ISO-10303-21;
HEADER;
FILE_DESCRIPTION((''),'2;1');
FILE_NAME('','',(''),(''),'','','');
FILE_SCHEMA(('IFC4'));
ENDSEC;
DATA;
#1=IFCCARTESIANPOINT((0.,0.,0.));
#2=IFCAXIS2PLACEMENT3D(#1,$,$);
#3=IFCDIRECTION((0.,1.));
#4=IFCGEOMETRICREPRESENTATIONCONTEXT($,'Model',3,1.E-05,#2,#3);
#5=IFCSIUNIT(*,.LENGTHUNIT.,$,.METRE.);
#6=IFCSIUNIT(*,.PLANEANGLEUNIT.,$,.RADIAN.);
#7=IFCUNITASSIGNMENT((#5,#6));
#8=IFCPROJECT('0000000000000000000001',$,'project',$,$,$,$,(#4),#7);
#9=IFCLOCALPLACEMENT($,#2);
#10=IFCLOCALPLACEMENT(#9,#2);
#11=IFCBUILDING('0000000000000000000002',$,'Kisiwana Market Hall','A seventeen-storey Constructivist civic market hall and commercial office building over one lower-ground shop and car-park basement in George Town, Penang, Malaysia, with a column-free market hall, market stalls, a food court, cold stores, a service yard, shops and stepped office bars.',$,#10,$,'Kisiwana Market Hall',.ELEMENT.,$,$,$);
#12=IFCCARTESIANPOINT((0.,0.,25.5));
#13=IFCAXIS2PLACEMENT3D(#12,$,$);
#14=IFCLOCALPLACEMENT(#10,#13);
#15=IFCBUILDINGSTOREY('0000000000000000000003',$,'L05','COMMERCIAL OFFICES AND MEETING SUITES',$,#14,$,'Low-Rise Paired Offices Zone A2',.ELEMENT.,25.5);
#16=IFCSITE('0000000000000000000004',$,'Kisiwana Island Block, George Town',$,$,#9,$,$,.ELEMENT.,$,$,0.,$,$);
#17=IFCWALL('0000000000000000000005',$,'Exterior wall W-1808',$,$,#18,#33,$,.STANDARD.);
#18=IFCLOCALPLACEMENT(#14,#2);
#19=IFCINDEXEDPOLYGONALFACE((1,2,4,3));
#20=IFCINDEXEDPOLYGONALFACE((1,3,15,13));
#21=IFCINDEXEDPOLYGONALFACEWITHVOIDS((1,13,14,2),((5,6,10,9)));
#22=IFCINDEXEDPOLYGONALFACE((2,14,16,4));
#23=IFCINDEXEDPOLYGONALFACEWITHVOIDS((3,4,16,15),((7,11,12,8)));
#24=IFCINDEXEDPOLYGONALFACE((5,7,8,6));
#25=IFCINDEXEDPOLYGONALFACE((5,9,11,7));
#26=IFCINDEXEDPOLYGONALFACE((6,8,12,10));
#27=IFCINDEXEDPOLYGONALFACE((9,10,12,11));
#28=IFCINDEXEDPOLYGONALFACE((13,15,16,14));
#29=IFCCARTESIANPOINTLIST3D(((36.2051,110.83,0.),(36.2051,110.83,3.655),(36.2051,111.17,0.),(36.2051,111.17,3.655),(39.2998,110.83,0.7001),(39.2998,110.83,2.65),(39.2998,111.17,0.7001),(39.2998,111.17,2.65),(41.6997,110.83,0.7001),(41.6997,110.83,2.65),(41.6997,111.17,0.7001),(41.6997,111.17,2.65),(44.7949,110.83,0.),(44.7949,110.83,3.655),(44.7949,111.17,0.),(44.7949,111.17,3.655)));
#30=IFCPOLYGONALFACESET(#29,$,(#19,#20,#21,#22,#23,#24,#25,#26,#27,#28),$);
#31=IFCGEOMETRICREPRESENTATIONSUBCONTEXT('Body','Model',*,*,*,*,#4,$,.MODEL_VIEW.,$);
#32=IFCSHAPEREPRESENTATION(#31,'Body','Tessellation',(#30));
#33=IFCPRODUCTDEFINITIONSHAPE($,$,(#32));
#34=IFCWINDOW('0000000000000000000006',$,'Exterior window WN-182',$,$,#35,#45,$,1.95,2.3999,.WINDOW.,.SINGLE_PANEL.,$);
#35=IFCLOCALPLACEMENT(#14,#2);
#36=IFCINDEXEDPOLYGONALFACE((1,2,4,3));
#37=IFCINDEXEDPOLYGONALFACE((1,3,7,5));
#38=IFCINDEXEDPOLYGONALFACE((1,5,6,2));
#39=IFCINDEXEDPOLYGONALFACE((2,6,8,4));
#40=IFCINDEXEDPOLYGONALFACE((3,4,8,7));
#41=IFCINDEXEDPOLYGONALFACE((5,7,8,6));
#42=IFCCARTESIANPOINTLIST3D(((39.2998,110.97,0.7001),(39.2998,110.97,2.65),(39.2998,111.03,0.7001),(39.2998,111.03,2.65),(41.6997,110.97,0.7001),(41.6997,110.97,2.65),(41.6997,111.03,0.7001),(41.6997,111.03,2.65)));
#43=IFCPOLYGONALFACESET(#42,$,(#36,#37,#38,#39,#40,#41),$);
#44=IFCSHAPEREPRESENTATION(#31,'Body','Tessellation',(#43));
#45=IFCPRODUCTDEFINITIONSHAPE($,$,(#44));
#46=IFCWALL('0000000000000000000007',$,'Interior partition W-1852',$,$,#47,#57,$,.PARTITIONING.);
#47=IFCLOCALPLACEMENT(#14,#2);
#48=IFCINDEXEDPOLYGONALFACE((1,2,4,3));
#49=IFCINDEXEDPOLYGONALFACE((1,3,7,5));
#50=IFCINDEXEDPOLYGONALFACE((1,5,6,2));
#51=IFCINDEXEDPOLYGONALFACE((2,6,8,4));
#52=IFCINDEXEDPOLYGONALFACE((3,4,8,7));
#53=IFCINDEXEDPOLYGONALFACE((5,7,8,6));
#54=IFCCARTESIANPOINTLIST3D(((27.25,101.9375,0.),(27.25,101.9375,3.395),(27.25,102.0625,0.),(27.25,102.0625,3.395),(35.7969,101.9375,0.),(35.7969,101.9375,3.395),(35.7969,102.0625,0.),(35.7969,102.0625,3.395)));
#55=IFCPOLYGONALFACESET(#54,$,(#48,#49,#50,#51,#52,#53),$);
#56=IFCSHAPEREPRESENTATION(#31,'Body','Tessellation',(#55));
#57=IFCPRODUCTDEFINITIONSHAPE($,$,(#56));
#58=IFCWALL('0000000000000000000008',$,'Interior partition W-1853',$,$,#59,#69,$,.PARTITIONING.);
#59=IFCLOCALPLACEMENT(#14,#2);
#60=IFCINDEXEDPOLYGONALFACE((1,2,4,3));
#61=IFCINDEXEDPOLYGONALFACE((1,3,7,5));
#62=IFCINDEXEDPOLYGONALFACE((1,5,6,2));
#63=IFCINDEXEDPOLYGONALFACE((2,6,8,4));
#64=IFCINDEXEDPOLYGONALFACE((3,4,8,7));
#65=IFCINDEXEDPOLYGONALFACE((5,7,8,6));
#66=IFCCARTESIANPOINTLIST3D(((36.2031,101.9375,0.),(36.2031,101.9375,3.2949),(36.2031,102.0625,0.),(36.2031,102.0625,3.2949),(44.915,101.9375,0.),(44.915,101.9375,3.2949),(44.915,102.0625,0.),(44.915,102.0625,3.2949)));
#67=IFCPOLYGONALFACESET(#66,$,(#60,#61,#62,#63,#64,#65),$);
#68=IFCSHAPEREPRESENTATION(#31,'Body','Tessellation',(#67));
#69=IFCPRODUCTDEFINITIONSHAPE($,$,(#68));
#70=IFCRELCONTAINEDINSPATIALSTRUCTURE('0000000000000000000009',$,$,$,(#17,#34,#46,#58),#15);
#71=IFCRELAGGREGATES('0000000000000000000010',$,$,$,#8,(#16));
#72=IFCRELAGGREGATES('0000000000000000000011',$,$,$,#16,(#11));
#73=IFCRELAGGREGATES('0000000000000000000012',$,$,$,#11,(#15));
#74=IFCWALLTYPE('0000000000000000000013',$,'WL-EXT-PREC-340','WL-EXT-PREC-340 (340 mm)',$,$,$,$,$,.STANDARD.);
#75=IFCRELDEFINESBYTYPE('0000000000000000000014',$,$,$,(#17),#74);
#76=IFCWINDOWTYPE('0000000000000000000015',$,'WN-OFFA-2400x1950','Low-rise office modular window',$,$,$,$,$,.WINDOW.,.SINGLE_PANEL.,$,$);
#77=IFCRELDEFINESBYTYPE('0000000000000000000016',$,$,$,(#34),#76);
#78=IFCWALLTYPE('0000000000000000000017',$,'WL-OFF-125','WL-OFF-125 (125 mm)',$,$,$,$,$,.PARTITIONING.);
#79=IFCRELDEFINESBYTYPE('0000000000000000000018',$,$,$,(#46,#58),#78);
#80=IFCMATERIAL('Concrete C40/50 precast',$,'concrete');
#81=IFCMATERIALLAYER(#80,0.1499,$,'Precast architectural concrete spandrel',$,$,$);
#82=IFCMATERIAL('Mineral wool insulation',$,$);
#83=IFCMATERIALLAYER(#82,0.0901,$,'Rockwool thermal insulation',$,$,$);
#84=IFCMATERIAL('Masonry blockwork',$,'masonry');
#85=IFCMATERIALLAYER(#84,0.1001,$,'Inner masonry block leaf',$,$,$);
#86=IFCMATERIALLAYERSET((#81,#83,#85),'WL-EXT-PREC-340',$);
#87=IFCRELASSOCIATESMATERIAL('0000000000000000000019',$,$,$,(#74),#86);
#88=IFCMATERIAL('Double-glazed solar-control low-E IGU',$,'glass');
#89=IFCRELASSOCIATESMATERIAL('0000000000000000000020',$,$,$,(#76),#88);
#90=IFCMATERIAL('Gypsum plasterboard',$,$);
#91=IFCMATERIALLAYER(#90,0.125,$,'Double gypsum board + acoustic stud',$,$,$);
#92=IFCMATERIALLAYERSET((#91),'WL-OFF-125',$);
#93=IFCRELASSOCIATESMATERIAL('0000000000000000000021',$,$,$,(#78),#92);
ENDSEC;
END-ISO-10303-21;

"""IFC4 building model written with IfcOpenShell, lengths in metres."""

from ifc_helpers import new_model, si_unit, direction, frame, frame_2d, origin, place, context, subcontext, project, spatial, rectangle, extrude, material, layer, layer_set, type_object, element, fill, save


model = new_model("IFC4")

# Units and contexts
model_context = context("Model", 3, precision=1e-05, world=origin(), true_north=direction((0.0, 1.0)))
body_context = subcontext(model_context, "Body", "Model", "MODEL_VIEW")
ifc_project = project(units=[si_unit("LENGTHUNIT", "METRE"), si_unit("PLANEANGLEUNIT", "RADIAN")], contexts=[model_context])

# Site, building, storey
site_placement = place(None, origin())
site = spatial("IfcSite", under=ifc_project, at=site_placement, Name="Kisiwana Island Block, George Town", CompositionType="ELEMENT", RefElevation=0.0)
building_placement = place(site_placement, origin())
building = spatial("IfcBuilding", under=site, at=building_placement, Name="Kisiwana Market Hall", Description="A seventeen-storey Constructivist civic market hall and commercial office building over one lower-ground shop and car-park basement in George Town, Penang, Malaysia, with a column-free market hall, market stalls, a food court, cold stores, a service yard, shops and stepped office bars.", LongName="Kisiwana Market Hall", CompositionType="ELEMENT")
storey_placement = place(building_placement, frame((0.0, 0.0, 25.5)))
storey = spatial("IfcBuildingStorey", under=building, at=storey_placement, Name="L05", Description="COMMERCIAL OFFICES AND MEETING SUITES", LongName="Low-Rise Paired Offices Zone A2", CompositionType="ELEMENT", Elevation=25.5)

# Wall, opening, window
ifc_material_1 = material(Name="Concrete C40/50 precast", Category="concrete")
ifc_layer_1 = layer(ifc_material_1, 0.1499, Name="Precast architectural concrete spandrel")
ifc_material_2 = material(Name="Mineral wool insulation")
ifc_layer_2 = layer(ifc_material_2, 0.0901, Name="Rockwool thermal insulation")
ifc_material_3 = material(Name="Masonry blockwork", Category="masonry")
ifc_layer_3 = layer(ifc_material_3, 0.1001, Name="Inner masonry block leaf")
ifc_layer_set_1 = layer_set([ifc_layer_1, ifc_layer_2, ifc_layer_3], Name="WL-EXT-PREC-340")
wall_type_1 = type_object("IfcWallType", Name="WL-EXT-PREC-340", Description="WL-EXT-PREC-340 (340 mm)", PredefinedType="STANDARD", material=ifc_layer_set_1)
wall_1_placement = place(storey_placement, frame((36.2051, 111.0, 0.0), z_axis=(0.0, 0.0, 1.0), x_axis=(1.0, 0.0, 0.0)))
wall_1 = element("IfcWall", 1, at=wall_1_placement, inside=storey, type_object=wall_type_1, Name="Exterior wall W-1808", PredefinedType="STANDARD", context=body_context, shape_type="SweptSolid", body=[
    extrude(rectangle(XDim=8.5898, YDim=0.3401, at=frame_2d((4.2949, 0.0))), origin(), (0.0, 0.0, 1.0), 3.655),
])
opening_1_placement = place(wall_1_placement, frame((3.0947, 0.0, 0.7)))
opening_1 = element("IfcOpeningElement", 2, at=opening_1_placement, cuts=wall_1, PredefinedType="OPENING", context=body_context, shape_type="SweptSolid", body=[
    extrude(rectangle(XDim=2.3999, YDim=1.95, at=frame_2d((1.2, 0.9751))), frame((0.0, 0.1821, 0.0), z_axis=(0.0, -1.0, 0.0), x_axis=(1.0, 0.0, 0.0)), (0.0, 0.0, 1.0), 0.364),
])
ifc_material_4 = material(Name="Double-glazed solar-control low-E IGU", Category="glass")
window_type = type_object("IfcWindowType", Name="WN-OFFA-2400x1950", Description="Low-rise office modular window", PartitioningType="SINGLE_PANEL", PredefinedType="WINDOW", material=ifc_material_4)
window_placement = place(opening_1_placement, origin())
window = element("IfcWindow", 3, at=window_placement, inside=storey, type_object=window_type, Name="Exterior window WN-182", OverallHeight=1.95, OverallWidth=2.3999, PartitioningType="SINGLE_PANEL", PredefinedType="WINDOW", context=body_context, shape_type="SweptSolid", body=[
    extrude(rectangle(XDim=2.3999, YDim=1.95, at=frame_2d((1.2, 0.9751))), frame((0.0, 0.03, 0.0), z_axis=(0.0, -1.0, 0.0), x_axis=(1.0, 0.0, 0.0)), (0.0, 0.0, 1.0), 0.0601),
])
fill(opening_1, window)

# Walls
ifc_material_5 = material(Name="Gypsum plasterboard")
ifc_layer_4 = layer(ifc_material_5, 0.125, Name="Double gypsum board + acoustic stud")
ifc_layer_set_2 = layer_set([ifc_layer_4], Name="WL-OFF-125")
wall_type_2 = type_object("IfcWallType", Name="WL-OFF-125", Description="WL-OFF-125 (125 mm)", PredefinedType="PARTITIONING", material=ifc_layer_set_2)
wall_2_placement = place(storey_placement, frame((27.25, 102.0, 0.0), z_axis=(0.0, 0.0, 1.0), x_axis=(1.0, 0.0, 0.0)))
element("IfcWall", 4, at=wall_2_placement, inside=storey, type_object=wall_type_2, Name="Interior partition W-1852", PredefinedType="PARTITIONING", context=body_context, shape_type="SweptSolid", body=[
    extrude(rectangle(XDim=8.5469, YDim=0.125, at=frame_2d((4.2734, 0.0))), origin(), (0.0, 0.0, 1.0), 3.395),
])
wall_3_placement = place(storey_placement, frame((36.2031, 102.0, 0.0), z_axis=(0.0, 0.0, 1.0), x_axis=(1.0, 0.0, 0.0)))
element("IfcWall", 5, at=wall_3_placement, inside=storey, type_object=wall_type_2, Name="Interior partition W-1853", PredefinedType="PARTITIONING", context=body_context, shape_type="SweptSolid", body=[
    extrude(rectangle(XDim=8.7119, YDim=0.125, at=frame_2d((4.356, 0.0))), origin(), (0.0, 0.0, 1.0), 3.2949),
])

save(model, "model.ifc")
